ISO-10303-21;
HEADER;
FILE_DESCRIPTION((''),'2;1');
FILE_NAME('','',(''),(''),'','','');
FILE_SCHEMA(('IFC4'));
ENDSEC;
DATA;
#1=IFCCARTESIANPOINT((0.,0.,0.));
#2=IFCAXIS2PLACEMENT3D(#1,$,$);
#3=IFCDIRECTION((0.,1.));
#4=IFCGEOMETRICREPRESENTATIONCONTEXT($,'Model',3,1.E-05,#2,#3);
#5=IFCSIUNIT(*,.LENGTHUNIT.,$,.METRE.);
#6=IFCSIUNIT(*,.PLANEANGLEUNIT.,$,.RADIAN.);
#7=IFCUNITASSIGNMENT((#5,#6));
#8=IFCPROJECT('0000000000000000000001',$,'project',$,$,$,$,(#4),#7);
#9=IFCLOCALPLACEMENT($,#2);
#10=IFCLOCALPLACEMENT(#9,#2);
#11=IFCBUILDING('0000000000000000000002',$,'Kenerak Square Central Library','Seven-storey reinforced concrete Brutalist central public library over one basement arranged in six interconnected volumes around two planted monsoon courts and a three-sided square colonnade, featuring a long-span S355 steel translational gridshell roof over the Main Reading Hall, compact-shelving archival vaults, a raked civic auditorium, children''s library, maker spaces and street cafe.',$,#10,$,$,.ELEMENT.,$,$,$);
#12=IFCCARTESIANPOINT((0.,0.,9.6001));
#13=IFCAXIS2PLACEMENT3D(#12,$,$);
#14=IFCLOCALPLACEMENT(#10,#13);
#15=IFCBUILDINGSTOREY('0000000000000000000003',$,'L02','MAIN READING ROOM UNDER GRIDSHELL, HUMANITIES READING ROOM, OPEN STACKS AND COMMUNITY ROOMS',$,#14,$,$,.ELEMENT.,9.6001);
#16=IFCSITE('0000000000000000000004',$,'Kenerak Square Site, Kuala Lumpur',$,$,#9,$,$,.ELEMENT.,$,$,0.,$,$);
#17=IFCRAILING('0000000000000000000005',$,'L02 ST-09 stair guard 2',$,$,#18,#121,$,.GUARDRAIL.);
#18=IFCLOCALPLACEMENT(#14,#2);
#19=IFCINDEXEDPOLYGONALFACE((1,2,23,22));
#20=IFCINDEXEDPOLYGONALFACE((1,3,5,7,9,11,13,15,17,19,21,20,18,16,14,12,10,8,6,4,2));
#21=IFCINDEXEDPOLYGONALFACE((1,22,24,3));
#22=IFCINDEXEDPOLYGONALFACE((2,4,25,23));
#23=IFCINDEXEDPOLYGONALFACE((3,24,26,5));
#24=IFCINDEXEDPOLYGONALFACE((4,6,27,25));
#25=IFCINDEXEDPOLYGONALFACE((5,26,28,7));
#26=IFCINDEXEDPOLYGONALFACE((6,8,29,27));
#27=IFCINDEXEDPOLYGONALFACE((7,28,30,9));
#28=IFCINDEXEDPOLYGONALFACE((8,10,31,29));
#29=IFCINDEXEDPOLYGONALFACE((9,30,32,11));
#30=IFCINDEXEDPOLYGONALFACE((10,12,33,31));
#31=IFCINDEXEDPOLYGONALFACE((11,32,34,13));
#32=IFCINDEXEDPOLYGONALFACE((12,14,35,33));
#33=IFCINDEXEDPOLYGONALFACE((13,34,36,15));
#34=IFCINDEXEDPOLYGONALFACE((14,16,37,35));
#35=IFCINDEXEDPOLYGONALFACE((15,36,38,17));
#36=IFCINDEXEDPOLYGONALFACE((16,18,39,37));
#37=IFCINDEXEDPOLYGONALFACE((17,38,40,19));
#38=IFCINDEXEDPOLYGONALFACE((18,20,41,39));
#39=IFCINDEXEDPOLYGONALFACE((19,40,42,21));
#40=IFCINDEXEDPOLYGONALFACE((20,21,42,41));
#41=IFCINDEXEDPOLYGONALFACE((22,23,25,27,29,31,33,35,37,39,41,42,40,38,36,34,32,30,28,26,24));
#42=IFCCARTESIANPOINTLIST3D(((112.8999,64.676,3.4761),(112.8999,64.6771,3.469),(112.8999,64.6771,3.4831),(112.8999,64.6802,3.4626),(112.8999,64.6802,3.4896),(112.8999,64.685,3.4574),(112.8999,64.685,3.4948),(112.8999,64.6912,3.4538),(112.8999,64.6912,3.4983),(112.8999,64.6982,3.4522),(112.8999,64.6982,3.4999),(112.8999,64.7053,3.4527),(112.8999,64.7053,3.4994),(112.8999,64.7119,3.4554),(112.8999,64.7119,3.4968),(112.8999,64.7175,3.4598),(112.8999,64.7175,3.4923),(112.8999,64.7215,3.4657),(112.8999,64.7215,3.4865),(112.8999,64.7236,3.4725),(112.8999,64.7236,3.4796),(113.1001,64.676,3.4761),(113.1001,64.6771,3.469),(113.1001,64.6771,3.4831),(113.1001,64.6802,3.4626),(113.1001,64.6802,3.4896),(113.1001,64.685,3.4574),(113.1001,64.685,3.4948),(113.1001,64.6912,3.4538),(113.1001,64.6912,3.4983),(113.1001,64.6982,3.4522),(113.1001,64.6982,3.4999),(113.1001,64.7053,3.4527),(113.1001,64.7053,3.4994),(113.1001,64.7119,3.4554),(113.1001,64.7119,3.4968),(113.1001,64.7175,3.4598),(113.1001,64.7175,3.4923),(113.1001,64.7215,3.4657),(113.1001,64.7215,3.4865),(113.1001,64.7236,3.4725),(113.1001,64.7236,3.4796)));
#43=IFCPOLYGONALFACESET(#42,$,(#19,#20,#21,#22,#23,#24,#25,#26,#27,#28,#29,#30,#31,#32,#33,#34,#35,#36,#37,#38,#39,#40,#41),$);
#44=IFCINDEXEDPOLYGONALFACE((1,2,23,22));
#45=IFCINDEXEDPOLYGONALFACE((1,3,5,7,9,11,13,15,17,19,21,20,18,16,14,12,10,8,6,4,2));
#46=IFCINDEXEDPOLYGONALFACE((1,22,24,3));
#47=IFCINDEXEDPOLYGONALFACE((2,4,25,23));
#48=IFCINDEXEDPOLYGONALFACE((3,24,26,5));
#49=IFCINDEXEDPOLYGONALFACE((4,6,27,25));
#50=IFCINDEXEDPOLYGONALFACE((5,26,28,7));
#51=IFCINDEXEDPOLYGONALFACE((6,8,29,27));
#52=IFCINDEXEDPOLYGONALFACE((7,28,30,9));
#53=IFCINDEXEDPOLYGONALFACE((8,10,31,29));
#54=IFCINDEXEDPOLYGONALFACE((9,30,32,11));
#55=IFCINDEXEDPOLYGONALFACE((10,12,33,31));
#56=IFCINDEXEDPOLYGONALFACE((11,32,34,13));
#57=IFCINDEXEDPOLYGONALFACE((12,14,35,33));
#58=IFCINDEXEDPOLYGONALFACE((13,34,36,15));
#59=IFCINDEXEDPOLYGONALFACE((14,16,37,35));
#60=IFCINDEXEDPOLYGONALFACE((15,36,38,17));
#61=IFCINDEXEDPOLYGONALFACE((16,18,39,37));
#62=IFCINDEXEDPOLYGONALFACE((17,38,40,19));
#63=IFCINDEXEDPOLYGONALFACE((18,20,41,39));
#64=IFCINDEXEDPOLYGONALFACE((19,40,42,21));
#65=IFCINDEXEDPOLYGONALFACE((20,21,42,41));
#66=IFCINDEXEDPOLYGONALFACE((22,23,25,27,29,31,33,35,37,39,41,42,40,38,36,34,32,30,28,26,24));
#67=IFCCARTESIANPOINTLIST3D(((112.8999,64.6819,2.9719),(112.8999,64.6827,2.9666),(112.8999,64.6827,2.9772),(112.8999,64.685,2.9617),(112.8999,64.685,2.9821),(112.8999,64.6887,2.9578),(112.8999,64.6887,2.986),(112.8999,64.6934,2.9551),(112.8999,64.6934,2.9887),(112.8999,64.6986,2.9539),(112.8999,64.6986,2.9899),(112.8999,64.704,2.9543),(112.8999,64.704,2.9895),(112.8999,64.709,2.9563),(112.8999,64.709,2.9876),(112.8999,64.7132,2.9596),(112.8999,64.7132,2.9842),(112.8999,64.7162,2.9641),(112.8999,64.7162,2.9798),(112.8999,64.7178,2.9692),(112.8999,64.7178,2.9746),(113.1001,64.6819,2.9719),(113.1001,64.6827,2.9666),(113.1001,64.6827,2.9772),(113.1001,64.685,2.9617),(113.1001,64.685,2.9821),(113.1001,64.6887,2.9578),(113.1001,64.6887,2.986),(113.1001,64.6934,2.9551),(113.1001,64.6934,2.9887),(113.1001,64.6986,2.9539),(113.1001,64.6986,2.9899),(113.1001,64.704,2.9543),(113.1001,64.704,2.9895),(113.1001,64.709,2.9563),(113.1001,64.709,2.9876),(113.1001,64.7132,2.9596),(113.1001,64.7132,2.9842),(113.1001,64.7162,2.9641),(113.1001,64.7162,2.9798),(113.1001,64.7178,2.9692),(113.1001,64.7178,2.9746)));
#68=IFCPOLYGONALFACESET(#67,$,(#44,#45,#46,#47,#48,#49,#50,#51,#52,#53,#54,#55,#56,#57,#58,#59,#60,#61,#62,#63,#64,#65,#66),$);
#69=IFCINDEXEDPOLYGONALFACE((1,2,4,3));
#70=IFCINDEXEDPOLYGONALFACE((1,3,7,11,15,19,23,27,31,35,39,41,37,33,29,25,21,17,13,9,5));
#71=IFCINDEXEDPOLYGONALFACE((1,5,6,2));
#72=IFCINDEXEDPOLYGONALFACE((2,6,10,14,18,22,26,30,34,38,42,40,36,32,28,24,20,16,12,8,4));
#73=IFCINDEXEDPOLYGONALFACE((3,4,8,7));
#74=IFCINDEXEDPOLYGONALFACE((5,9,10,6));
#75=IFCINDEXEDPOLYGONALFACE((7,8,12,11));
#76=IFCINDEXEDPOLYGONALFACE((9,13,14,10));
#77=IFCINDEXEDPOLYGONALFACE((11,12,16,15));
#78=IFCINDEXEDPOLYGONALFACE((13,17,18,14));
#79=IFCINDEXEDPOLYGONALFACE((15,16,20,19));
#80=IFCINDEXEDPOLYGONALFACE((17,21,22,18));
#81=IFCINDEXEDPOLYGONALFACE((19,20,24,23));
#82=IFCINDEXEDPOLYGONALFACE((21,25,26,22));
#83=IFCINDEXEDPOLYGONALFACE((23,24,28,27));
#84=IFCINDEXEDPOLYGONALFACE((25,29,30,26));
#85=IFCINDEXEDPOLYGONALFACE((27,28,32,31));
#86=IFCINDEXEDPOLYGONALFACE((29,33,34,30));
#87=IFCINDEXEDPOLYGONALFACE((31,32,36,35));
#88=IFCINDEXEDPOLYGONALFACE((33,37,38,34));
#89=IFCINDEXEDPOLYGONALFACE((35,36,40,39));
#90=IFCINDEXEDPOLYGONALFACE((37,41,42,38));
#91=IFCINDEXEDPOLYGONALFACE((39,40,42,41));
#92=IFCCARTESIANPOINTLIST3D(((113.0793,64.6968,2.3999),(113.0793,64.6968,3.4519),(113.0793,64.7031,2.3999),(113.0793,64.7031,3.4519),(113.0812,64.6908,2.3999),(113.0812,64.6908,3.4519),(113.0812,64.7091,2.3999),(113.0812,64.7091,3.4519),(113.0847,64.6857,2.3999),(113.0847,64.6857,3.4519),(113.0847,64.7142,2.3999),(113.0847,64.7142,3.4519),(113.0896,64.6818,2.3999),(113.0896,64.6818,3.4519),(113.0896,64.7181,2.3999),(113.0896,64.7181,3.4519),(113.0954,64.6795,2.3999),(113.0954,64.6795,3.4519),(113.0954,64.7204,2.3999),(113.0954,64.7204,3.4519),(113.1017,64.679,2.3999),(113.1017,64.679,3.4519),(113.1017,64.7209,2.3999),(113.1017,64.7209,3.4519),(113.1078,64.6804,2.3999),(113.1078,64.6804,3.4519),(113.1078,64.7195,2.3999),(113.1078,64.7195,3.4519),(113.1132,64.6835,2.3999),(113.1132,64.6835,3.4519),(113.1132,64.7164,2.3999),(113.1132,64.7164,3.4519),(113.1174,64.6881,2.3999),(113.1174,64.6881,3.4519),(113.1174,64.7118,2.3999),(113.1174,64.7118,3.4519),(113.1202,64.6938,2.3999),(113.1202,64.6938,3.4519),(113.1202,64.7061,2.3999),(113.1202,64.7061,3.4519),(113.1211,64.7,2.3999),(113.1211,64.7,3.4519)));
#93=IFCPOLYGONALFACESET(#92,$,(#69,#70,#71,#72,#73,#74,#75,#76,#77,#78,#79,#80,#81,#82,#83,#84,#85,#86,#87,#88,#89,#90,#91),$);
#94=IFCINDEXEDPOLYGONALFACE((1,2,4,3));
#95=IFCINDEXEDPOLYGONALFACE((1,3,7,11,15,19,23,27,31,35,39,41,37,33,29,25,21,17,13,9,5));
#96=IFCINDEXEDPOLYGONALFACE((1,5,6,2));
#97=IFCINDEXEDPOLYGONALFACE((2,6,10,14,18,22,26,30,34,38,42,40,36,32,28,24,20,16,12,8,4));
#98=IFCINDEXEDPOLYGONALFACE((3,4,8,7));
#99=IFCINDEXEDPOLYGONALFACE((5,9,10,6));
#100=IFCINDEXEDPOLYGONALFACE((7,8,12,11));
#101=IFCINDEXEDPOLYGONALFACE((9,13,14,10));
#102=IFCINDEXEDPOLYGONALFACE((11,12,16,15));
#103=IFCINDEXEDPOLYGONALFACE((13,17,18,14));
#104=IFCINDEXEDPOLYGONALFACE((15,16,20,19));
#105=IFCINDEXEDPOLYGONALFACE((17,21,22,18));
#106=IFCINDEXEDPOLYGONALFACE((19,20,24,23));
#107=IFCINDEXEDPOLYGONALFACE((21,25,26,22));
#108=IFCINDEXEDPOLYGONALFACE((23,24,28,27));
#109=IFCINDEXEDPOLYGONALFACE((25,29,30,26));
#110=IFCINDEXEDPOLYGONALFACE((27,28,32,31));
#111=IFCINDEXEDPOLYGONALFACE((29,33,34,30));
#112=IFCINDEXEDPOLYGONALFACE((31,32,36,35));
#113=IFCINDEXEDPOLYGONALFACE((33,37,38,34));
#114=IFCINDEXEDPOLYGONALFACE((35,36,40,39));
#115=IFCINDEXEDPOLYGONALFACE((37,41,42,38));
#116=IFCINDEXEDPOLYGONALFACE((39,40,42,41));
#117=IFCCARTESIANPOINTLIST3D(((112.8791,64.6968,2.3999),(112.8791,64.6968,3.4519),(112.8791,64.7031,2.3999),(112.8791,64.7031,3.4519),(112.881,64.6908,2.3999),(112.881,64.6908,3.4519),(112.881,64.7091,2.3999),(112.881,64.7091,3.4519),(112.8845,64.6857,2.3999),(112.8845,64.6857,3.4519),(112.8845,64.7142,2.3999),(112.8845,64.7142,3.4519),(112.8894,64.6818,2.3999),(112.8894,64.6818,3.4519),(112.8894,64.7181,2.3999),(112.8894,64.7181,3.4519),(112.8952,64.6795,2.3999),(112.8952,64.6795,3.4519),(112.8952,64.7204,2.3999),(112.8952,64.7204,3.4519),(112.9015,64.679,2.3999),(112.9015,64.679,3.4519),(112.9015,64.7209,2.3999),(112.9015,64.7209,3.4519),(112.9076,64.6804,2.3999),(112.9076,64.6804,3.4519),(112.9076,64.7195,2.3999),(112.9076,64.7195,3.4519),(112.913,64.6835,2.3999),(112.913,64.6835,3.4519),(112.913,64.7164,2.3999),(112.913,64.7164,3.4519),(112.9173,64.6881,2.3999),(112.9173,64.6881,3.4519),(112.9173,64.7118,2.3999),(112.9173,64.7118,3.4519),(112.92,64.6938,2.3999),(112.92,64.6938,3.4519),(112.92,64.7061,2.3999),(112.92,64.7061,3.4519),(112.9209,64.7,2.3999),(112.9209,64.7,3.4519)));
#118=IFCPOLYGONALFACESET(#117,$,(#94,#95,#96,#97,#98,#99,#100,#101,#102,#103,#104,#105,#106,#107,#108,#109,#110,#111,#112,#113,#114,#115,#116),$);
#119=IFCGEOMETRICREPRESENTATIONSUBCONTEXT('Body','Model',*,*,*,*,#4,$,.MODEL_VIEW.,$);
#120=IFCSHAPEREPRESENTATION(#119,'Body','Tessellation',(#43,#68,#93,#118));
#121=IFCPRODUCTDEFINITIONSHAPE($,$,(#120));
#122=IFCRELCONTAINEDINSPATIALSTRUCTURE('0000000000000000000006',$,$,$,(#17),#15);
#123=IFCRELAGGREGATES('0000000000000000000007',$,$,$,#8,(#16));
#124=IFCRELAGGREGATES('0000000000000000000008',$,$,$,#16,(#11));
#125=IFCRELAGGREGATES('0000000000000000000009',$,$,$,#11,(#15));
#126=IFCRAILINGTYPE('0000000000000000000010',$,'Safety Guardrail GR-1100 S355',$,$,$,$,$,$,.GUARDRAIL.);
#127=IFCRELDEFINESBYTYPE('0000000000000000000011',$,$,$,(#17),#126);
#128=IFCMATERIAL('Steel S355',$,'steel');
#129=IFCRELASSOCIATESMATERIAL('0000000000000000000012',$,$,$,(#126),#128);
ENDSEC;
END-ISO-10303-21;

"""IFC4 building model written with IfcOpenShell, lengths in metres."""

from ifc_helpers import new_model, si_unit, direction, frame, origin, origin_2d, place, context, subcontext, project, spatial, circle, extrude, material, type_object, element, save


model = new_model("IFC4")

# Units and contexts
model_context = context("Model", 3, precision=1e-05, world=origin(), true_north=direction((0.0, 1.0)))
body_context = subcontext(model_context, "Body", "Model", "MODEL_VIEW")
ifc_project = project(units=[si_unit("LENGTHUNIT", "METRE"), si_unit("PLANEANGLEUNIT", "RADIAN")], contexts=[model_context])

# Site, building, storey
site_placement = place(None, origin())
site = spatial("IfcSite", under=ifc_project, at=site_placement, Name="Kenerak Square Site, Kuala Lumpur", CompositionType="ELEMENT", RefElevation=0.0)
building_placement = place(site_placement, origin())
building = spatial("IfcBuilding", under=site, at=building_placement, Name="Kenerak Square Central Library", Description="Seven-storey reinforced concrete Brutalist central public library over one basement arranged in six interconnected volumes around two planted monsoon courts and a three-sided square colonnade, featuring a long-span S355 steel translational gridshell roof over the Main Reading Hall, compact-shelving archival vaults, a raked civic auditorium, children's library, maker spaces and street cafe.", CompositionType="ELEMENT")
storey_placement = place(building_placement, frame((0.0, 0.0, 9.6001)))
storey = spatial("IfcBuildingStorey", under=building, at=storey_placement, Name="L02", Description="MAIN READING ROOM UNDER GRIDSHELL, HUMANITIES READING ROOM, OPEN STACKS AND COMMUNITY ROOMS", CompositionType="ELEMENT", Elevation=9.6001)

# Shared definitions
ifc_material_1 = material(Name="Steel S355", Category="steel")

# Railing
railing_type_1 = type_object("IfcRailingType", Name="Safety Guardrail GR-1100 S355", PredefinedType="GUARDRAIL", material=ifc_material_1)
railing_1_placement = place(storey_placement, frame((113.1001, 64.7, 2.3999)))
element("IfcRailing", 1, at=railing_1_placement, inside=storey, type_object=railing_type_1, Name="L02 ST-09 stair guard 2", PredefinedType="GUARDRAIL", context=body_context, shape_type="SweptSolid", body=[
    extrude(circle(Radius=0.0239, at=origin_2d()), frame((0.0, 0.0, 1.0762), z_axis=(-1.0, 0.0, 0.0), x_axis=(0.0, -1.0, 0.0)), (0.0, 0.0, 1.0), 0.2002),
    extrude(circle(Radius=0.0181, at=origin_2d()), frame((0.0, 0.0, 0.572), z_axis=(-1.0, 0.0, 0.0), x_axis=(0.0, -1.0, 0.0)), (0.0, 0.0, 1.0), 0.2002),
    extrude(circle(Radius=0.021, at=origin_2d()), origin(), (0.0, 0.0, 1.0), 1.052),
    extrude(circle(Radius=0.021, at=origin_2d()), frame((-0.2002, 0.0, 0.0)), (0.0, 0.0, 1.0), 1.052),
])

save(model, "model.ifc")
